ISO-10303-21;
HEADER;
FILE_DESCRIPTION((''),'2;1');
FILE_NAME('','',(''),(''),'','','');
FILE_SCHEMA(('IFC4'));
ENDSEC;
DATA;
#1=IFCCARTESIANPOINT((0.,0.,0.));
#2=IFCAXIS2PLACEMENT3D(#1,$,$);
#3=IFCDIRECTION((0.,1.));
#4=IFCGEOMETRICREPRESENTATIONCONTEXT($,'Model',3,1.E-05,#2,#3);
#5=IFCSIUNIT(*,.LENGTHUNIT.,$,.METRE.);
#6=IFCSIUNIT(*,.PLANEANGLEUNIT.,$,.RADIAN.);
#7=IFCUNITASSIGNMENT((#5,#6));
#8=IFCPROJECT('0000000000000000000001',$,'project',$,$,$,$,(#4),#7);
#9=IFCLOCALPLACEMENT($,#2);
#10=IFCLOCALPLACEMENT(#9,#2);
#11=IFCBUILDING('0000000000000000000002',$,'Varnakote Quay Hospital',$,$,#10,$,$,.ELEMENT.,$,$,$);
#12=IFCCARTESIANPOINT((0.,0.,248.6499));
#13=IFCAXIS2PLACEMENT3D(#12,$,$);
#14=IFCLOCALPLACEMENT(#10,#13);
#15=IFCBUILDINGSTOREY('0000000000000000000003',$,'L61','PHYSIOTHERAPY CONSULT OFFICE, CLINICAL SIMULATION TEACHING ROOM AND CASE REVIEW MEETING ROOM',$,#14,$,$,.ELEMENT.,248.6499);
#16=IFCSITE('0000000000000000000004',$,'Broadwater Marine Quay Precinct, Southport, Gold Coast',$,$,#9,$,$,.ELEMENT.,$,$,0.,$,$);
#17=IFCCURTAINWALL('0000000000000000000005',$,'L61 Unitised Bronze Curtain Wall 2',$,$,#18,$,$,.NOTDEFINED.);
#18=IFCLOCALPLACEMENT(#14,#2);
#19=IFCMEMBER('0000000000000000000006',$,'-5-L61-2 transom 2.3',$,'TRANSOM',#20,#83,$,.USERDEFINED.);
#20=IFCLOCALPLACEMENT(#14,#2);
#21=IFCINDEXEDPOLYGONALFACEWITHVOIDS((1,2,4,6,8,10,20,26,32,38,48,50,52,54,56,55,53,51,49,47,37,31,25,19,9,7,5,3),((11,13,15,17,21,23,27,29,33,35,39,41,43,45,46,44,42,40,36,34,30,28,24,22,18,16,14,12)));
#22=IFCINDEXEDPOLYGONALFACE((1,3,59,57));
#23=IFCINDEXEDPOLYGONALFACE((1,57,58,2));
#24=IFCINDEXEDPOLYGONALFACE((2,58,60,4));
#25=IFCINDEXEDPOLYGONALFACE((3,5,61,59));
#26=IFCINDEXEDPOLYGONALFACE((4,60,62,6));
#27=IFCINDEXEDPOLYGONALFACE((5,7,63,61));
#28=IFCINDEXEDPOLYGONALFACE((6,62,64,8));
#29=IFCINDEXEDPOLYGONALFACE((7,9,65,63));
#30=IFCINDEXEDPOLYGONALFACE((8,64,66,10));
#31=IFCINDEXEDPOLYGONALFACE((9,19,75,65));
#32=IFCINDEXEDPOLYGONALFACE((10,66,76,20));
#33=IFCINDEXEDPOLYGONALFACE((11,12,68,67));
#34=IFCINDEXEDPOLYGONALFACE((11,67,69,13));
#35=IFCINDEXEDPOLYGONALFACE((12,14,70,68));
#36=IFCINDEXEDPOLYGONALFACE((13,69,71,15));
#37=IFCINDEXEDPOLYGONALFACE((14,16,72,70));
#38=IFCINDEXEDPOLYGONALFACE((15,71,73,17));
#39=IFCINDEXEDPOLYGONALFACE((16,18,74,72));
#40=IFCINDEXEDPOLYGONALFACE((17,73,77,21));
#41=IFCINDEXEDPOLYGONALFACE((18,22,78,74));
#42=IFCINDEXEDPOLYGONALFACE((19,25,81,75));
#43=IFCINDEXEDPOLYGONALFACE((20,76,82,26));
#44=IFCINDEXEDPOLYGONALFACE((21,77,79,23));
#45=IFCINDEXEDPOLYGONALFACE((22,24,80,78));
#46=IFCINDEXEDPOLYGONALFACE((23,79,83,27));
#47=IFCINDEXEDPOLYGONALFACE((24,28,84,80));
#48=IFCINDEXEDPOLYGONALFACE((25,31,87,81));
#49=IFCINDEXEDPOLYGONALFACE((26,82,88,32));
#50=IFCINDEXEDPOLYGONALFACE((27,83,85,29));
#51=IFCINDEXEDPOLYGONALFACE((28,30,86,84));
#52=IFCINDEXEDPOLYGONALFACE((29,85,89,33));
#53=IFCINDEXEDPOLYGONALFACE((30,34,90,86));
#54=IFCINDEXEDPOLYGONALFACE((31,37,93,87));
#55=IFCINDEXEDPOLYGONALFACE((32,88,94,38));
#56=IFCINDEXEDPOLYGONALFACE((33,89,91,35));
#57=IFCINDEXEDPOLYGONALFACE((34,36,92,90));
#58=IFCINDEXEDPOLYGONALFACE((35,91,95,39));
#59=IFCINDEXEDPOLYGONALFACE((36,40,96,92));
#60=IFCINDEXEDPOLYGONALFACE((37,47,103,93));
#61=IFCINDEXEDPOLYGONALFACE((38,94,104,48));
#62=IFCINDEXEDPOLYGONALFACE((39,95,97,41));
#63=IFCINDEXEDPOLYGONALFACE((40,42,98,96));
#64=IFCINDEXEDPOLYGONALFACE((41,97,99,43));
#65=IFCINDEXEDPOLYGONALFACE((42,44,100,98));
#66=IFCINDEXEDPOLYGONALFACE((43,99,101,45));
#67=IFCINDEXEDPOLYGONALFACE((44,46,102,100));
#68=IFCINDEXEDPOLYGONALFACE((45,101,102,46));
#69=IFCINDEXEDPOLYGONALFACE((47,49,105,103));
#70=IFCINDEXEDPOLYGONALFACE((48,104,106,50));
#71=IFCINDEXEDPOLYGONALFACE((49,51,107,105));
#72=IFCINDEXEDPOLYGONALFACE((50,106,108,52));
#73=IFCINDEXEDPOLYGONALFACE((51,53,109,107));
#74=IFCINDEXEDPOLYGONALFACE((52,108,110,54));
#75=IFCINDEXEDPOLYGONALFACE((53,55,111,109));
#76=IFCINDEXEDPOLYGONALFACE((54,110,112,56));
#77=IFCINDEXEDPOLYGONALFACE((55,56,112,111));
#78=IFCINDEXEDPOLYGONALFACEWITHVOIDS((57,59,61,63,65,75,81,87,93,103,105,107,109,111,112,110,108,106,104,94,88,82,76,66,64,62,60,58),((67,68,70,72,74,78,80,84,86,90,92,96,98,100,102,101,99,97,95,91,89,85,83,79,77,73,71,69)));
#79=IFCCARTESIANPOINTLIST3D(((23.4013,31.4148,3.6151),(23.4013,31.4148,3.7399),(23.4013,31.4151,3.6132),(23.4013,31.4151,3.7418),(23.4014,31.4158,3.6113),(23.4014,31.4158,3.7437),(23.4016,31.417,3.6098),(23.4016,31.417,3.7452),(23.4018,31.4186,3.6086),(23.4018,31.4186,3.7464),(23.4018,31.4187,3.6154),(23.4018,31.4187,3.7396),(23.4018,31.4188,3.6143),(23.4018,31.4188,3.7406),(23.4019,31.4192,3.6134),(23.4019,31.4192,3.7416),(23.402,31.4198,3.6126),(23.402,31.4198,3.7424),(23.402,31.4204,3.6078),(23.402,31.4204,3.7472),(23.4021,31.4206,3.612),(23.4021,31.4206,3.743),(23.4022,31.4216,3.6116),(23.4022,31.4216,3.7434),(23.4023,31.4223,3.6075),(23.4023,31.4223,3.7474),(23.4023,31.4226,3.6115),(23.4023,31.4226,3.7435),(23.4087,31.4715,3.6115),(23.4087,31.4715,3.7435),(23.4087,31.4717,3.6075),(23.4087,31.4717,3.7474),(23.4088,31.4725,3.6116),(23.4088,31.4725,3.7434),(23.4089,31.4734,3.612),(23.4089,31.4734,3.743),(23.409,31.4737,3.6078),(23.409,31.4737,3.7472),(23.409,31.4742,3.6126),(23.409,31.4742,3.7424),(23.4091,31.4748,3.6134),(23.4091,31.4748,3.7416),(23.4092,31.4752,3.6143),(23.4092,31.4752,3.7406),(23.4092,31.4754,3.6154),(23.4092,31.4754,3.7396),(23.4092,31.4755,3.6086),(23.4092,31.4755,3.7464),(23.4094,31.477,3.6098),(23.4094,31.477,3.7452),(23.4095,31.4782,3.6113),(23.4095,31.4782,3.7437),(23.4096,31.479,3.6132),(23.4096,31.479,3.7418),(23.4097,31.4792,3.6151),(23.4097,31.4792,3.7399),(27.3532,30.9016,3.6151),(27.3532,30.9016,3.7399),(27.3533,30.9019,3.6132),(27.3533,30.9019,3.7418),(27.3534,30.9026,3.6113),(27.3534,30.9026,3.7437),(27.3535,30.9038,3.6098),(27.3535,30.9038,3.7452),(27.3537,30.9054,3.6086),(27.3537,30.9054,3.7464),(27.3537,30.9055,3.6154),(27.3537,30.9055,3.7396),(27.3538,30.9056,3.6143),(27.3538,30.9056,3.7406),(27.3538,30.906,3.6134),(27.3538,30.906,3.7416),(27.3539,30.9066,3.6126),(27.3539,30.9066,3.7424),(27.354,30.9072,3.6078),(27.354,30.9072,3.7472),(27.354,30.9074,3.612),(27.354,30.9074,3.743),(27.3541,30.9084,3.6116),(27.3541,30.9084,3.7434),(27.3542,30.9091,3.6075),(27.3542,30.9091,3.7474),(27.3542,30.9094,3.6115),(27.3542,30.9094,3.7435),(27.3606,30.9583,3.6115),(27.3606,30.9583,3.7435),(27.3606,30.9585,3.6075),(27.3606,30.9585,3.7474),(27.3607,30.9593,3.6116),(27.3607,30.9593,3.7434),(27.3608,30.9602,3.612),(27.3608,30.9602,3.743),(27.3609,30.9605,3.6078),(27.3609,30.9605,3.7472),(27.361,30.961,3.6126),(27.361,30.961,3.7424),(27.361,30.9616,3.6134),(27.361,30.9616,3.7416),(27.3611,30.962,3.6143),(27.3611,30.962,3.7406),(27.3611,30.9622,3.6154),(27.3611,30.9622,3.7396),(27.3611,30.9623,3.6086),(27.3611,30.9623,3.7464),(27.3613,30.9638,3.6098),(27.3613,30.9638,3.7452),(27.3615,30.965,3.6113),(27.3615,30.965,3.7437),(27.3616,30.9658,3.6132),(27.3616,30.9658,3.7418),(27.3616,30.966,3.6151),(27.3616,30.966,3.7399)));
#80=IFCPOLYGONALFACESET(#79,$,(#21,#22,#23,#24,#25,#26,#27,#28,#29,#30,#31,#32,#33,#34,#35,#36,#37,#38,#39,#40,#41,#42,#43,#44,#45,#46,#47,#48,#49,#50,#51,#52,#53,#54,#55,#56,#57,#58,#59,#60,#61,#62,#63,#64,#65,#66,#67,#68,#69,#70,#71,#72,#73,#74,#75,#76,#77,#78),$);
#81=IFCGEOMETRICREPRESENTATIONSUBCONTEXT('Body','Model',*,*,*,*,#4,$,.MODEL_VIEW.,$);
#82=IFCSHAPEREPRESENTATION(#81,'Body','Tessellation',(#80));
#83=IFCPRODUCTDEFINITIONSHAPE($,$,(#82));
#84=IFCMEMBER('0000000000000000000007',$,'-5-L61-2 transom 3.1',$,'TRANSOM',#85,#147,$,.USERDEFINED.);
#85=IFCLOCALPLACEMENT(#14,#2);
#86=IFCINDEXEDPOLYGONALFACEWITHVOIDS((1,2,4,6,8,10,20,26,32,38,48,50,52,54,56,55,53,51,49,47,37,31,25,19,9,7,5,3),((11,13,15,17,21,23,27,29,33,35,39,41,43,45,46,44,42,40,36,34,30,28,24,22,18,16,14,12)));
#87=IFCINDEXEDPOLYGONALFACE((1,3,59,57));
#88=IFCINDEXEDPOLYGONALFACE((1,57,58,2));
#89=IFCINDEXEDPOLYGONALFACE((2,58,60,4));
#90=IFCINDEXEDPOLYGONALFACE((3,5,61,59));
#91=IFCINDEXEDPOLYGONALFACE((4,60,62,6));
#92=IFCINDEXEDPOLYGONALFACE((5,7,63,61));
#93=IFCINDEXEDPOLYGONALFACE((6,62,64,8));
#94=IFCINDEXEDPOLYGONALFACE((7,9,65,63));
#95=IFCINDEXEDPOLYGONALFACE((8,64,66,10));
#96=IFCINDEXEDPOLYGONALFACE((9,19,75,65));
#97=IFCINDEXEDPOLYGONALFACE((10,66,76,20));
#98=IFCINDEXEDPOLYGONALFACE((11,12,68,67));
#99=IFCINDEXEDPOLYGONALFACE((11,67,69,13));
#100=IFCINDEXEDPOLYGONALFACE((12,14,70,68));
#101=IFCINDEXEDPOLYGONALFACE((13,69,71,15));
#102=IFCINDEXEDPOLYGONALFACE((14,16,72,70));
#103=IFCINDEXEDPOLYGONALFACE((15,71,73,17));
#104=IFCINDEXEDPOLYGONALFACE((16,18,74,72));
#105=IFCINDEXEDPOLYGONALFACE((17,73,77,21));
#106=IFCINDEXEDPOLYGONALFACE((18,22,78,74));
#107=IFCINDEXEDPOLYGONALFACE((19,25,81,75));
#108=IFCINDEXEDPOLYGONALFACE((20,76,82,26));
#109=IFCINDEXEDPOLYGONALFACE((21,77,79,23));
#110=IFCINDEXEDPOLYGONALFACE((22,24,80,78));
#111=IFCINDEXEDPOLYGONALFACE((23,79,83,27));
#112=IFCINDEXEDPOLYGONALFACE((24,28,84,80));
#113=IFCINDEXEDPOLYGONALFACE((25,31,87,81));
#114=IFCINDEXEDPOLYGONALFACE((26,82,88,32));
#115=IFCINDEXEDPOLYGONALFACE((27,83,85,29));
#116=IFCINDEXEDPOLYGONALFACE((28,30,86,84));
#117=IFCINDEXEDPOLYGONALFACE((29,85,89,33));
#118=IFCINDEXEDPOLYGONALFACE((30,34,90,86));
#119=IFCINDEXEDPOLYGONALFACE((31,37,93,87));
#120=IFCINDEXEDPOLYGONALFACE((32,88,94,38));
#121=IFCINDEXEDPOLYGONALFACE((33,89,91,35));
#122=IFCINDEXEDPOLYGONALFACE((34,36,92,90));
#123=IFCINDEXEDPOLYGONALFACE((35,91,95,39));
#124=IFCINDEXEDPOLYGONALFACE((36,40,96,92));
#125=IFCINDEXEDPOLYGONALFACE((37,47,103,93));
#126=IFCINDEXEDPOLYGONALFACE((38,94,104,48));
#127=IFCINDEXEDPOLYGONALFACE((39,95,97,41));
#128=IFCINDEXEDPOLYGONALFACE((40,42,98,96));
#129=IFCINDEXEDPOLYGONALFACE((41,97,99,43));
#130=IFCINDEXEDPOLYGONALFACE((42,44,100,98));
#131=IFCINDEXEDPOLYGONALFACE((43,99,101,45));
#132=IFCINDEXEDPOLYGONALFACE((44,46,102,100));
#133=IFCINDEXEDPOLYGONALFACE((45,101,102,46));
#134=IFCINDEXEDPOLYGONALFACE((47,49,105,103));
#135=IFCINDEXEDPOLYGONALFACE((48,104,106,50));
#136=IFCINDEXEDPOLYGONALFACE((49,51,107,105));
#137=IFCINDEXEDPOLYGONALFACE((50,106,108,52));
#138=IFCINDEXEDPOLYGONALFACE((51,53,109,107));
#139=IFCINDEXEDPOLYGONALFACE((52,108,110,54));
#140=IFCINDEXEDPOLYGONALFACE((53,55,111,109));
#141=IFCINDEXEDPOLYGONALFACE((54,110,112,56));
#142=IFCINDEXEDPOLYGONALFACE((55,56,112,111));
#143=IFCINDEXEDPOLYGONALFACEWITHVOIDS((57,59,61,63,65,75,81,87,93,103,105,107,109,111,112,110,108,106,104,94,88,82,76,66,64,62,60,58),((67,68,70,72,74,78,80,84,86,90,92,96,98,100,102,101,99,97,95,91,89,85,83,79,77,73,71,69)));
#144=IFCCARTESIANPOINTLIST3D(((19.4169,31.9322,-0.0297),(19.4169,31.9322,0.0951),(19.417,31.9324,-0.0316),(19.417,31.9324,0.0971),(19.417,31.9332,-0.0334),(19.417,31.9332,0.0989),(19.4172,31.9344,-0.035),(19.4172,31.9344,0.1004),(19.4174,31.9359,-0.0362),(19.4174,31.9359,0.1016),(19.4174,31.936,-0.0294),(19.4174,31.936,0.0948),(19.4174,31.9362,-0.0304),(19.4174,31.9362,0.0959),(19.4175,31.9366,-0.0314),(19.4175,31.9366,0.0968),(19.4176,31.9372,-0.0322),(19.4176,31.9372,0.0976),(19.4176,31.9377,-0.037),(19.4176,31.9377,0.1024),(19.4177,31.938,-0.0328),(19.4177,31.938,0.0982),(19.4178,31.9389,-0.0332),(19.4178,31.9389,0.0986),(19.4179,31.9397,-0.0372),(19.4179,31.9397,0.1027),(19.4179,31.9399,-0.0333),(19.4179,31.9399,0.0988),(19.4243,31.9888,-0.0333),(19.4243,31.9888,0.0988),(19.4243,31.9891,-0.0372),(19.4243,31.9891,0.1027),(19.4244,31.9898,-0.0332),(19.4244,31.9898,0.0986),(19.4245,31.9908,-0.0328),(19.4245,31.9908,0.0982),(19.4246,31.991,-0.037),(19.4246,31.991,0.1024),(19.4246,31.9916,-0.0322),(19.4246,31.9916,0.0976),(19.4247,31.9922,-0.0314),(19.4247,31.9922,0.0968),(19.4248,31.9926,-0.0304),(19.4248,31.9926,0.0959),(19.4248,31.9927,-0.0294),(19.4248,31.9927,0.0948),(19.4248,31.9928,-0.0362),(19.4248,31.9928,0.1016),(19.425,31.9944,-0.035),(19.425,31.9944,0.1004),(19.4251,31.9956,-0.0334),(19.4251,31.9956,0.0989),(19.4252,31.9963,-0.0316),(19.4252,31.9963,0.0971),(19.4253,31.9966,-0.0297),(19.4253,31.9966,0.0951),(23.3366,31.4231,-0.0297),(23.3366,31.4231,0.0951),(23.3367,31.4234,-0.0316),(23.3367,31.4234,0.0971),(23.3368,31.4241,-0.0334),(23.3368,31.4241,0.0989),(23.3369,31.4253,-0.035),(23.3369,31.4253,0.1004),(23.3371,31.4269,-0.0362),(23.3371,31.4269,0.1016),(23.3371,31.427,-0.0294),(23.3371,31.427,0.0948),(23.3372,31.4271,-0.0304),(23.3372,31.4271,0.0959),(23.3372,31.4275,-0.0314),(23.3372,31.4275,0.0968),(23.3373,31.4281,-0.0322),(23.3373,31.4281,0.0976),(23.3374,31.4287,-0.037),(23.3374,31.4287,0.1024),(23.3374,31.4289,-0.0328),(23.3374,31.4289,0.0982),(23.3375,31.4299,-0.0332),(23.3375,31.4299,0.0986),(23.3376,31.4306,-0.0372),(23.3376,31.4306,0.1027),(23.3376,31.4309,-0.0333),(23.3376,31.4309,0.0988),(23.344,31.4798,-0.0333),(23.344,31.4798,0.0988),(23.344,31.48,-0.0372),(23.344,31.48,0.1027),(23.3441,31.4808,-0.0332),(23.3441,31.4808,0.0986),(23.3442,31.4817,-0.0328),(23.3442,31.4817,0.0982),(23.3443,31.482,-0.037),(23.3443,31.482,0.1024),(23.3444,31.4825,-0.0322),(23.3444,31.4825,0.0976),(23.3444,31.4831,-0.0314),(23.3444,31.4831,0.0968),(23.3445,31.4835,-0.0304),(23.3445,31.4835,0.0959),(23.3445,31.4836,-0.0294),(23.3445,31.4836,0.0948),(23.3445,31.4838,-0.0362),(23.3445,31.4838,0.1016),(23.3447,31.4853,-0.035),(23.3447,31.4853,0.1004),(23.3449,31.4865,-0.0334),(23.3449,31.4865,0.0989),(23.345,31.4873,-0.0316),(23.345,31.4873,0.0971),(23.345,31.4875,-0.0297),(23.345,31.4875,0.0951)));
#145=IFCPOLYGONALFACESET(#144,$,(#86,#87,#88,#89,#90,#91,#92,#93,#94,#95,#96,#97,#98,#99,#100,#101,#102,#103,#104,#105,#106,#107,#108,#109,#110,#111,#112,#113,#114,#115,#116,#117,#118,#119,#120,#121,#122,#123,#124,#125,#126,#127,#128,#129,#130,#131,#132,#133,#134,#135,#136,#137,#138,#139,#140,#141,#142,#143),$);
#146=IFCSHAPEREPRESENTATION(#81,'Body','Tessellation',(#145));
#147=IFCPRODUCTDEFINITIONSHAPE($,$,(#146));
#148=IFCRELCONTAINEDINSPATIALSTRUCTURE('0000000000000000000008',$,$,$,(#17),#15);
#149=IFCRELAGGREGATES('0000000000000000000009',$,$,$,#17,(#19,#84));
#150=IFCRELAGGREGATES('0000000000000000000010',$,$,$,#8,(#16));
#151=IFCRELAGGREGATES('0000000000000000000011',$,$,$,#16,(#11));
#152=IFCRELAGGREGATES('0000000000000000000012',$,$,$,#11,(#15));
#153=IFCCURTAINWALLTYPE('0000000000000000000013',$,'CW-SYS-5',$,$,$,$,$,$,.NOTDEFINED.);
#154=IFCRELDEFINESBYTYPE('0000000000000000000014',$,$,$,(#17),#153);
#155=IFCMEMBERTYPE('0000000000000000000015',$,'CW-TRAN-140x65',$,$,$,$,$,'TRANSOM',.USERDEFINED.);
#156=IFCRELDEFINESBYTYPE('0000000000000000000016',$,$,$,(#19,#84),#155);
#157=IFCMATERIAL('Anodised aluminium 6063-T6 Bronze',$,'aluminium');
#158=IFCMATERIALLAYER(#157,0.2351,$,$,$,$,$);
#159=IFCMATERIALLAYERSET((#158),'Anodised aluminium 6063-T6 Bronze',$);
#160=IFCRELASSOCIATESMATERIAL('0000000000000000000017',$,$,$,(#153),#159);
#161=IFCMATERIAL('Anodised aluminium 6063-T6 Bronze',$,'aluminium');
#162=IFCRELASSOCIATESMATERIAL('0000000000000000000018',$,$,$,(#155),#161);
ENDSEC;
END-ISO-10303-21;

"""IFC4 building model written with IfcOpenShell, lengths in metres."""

from ifc_helpers import new_model, si_unit, direction, frame, origin, origin_2d, place, context, subcontext, project, spatial, hollow_rectangle, extrude, material, layer, layer_set, material_profile, profile_set, type_object, element, aggregate, save


model = new_model("IFC4")

# Units and contexts
model_context = context("Model", 3, precision=1e-05, world=origin(), true_north=direction((0.0, 1.0)))
body_context = subcontext(model_context, "Body", "Model", "MODEL_VIEW")
ifc_project = project(units=[si_unit("LENGTHUNIT", "METRE"), si_unit("PLANEANGLEUNIT", "RADIAN")], contexts=[model_context])

# Site, building, storey
site_placement = place(None, origin())
site = spatial("IfcSite", under=ifc_project, at=site_placement, Name="Broadwater Marine Quay Precinct, Southport, Gold Coast", CompositionType="ELEMENT", RefElevation=0.0)
building_placement = place(site_placement, origin())
building = spatial("IfcBuilding", under=site, at=building_placement, Name="Varnakote Quay Hospital", CompositionType="ELEMENT")
storey_placement = place(building_placement, frame((0.0, 0.0, 248.6499)))
storey = spatial("IfcBuildingStorey", under=building, at=storey_placement, Name="L61", Description="PHYSIOTHERAPY CONSULT OFFICE, CLINICAL SIMULATION TEACHING ROOM AND CASE REVIEW MEETING ROOM", CompositionType="ELEMENT", Elevation=248.6499)

# Shared definitions
ifc_material_1 = material(Name="Anodised aluminium 6063-T6 Bronze", Category="aluminium")
ifc_layer_1 = layer(ifc_material_1, 0.2351)
ifc_layer_set_1 = layer_set([ifc_layer_1], Name="Anodised aluminium 6063-T6 Bronze")
curtain_wall_type = type_object("IfcCurtainWallType", Name="CW-SYS-5", PredefinedType="NOTDEFINED", material=ifc_layer_set_1)

# Curtain wall, members
curtain_wall_1_placement = place(storey_placement, origin())
curtain_wall_1 = element("IfcCurtainWall", 1, at=curtain_wall_1_placement, inside=storey, type_object=curtain_wall_type, Name="L61 Unitised Bronze Curtain Wall 2", PredefinedType="NOTDEFINED")
ifc_material_2 = material(Name="Anodised aluminium 6063-T6 Bronze", Category="aluminium")
ifc_material_profile_1 = material_profile(ifc_material_2, hollow_rectangle(XDim=0.0649, YDim=0.1399, WallThickness=0.0039, InnerFilletRadius=0.0039, OuterFilletRadius=0.0076, at=origin_2d()), Name="CW-TRAN-140x65")
ifc_profile_set_1 = profile_set([ifc_material_profile_1], Name="Anodised aluminium 6063-T6 Bronze")
member_type_1 = type_object("IfcMemberType", Name="CW-TRAN-140x65", ElementType="TRANSOM", PredefinedType="USERDEFINED", material=ifc_profile_set_1)
member_1_placement = place(storey_placement, frame((27.3574, 30.9338, 3.6775), z_axis=(-0.991674, 0.128776, 0.0), x_axis=(-0.128776, -0.991674, 0.0)))
member_1 = element("IfcMember", 2, at=member_1_placement, type_object=member_type_1, Name="-5-L61-2 transom 2.3", ObjectType="TRANSOM", PredefinedType="USERDEFINED", context=body_context, shape_type="SweptSolid", body=[
    extrude(hollow_rectangle(XDim=0.0649, YDim=0.1399, WallThickness=0.0039, InnerFilletRadius=0.0039, OuterFilletRadius=0.0076, at=origin_2d()), origin(), (0.0, 0.0, 1.0), 3.9851),
])
member_2_placement = place(storey_placement, frame((23.3408, 31.4553, 0.0327), z_axis=(-0.991673, 0.128785, 0.0), x_axis=(-0.128785, -0.991673, 0.0)))
member_2 = element("IfcMember", 3, at=member_2_placement, type_object=member_type_1, Name="-5-L61-2 transom 3.1", ObjectType="TRANSOM", PredefinedType="USERDEFINED", context=body_context, shape_type="SweptSolid", body=[
    extrude(hollow_rectangle(XDim=0.0649, YDim=0.1399, WallThickness=0.0039, InnerFilletRadius=0.0039, OuterFilletRadius=0.0076, at=origin_2d()), origin(), (0.0, 0.0, 1.0), 3.9526),
])

aggregate(curtain_wall_1, [member_1, member_2])

save(model, "model.ifc")
